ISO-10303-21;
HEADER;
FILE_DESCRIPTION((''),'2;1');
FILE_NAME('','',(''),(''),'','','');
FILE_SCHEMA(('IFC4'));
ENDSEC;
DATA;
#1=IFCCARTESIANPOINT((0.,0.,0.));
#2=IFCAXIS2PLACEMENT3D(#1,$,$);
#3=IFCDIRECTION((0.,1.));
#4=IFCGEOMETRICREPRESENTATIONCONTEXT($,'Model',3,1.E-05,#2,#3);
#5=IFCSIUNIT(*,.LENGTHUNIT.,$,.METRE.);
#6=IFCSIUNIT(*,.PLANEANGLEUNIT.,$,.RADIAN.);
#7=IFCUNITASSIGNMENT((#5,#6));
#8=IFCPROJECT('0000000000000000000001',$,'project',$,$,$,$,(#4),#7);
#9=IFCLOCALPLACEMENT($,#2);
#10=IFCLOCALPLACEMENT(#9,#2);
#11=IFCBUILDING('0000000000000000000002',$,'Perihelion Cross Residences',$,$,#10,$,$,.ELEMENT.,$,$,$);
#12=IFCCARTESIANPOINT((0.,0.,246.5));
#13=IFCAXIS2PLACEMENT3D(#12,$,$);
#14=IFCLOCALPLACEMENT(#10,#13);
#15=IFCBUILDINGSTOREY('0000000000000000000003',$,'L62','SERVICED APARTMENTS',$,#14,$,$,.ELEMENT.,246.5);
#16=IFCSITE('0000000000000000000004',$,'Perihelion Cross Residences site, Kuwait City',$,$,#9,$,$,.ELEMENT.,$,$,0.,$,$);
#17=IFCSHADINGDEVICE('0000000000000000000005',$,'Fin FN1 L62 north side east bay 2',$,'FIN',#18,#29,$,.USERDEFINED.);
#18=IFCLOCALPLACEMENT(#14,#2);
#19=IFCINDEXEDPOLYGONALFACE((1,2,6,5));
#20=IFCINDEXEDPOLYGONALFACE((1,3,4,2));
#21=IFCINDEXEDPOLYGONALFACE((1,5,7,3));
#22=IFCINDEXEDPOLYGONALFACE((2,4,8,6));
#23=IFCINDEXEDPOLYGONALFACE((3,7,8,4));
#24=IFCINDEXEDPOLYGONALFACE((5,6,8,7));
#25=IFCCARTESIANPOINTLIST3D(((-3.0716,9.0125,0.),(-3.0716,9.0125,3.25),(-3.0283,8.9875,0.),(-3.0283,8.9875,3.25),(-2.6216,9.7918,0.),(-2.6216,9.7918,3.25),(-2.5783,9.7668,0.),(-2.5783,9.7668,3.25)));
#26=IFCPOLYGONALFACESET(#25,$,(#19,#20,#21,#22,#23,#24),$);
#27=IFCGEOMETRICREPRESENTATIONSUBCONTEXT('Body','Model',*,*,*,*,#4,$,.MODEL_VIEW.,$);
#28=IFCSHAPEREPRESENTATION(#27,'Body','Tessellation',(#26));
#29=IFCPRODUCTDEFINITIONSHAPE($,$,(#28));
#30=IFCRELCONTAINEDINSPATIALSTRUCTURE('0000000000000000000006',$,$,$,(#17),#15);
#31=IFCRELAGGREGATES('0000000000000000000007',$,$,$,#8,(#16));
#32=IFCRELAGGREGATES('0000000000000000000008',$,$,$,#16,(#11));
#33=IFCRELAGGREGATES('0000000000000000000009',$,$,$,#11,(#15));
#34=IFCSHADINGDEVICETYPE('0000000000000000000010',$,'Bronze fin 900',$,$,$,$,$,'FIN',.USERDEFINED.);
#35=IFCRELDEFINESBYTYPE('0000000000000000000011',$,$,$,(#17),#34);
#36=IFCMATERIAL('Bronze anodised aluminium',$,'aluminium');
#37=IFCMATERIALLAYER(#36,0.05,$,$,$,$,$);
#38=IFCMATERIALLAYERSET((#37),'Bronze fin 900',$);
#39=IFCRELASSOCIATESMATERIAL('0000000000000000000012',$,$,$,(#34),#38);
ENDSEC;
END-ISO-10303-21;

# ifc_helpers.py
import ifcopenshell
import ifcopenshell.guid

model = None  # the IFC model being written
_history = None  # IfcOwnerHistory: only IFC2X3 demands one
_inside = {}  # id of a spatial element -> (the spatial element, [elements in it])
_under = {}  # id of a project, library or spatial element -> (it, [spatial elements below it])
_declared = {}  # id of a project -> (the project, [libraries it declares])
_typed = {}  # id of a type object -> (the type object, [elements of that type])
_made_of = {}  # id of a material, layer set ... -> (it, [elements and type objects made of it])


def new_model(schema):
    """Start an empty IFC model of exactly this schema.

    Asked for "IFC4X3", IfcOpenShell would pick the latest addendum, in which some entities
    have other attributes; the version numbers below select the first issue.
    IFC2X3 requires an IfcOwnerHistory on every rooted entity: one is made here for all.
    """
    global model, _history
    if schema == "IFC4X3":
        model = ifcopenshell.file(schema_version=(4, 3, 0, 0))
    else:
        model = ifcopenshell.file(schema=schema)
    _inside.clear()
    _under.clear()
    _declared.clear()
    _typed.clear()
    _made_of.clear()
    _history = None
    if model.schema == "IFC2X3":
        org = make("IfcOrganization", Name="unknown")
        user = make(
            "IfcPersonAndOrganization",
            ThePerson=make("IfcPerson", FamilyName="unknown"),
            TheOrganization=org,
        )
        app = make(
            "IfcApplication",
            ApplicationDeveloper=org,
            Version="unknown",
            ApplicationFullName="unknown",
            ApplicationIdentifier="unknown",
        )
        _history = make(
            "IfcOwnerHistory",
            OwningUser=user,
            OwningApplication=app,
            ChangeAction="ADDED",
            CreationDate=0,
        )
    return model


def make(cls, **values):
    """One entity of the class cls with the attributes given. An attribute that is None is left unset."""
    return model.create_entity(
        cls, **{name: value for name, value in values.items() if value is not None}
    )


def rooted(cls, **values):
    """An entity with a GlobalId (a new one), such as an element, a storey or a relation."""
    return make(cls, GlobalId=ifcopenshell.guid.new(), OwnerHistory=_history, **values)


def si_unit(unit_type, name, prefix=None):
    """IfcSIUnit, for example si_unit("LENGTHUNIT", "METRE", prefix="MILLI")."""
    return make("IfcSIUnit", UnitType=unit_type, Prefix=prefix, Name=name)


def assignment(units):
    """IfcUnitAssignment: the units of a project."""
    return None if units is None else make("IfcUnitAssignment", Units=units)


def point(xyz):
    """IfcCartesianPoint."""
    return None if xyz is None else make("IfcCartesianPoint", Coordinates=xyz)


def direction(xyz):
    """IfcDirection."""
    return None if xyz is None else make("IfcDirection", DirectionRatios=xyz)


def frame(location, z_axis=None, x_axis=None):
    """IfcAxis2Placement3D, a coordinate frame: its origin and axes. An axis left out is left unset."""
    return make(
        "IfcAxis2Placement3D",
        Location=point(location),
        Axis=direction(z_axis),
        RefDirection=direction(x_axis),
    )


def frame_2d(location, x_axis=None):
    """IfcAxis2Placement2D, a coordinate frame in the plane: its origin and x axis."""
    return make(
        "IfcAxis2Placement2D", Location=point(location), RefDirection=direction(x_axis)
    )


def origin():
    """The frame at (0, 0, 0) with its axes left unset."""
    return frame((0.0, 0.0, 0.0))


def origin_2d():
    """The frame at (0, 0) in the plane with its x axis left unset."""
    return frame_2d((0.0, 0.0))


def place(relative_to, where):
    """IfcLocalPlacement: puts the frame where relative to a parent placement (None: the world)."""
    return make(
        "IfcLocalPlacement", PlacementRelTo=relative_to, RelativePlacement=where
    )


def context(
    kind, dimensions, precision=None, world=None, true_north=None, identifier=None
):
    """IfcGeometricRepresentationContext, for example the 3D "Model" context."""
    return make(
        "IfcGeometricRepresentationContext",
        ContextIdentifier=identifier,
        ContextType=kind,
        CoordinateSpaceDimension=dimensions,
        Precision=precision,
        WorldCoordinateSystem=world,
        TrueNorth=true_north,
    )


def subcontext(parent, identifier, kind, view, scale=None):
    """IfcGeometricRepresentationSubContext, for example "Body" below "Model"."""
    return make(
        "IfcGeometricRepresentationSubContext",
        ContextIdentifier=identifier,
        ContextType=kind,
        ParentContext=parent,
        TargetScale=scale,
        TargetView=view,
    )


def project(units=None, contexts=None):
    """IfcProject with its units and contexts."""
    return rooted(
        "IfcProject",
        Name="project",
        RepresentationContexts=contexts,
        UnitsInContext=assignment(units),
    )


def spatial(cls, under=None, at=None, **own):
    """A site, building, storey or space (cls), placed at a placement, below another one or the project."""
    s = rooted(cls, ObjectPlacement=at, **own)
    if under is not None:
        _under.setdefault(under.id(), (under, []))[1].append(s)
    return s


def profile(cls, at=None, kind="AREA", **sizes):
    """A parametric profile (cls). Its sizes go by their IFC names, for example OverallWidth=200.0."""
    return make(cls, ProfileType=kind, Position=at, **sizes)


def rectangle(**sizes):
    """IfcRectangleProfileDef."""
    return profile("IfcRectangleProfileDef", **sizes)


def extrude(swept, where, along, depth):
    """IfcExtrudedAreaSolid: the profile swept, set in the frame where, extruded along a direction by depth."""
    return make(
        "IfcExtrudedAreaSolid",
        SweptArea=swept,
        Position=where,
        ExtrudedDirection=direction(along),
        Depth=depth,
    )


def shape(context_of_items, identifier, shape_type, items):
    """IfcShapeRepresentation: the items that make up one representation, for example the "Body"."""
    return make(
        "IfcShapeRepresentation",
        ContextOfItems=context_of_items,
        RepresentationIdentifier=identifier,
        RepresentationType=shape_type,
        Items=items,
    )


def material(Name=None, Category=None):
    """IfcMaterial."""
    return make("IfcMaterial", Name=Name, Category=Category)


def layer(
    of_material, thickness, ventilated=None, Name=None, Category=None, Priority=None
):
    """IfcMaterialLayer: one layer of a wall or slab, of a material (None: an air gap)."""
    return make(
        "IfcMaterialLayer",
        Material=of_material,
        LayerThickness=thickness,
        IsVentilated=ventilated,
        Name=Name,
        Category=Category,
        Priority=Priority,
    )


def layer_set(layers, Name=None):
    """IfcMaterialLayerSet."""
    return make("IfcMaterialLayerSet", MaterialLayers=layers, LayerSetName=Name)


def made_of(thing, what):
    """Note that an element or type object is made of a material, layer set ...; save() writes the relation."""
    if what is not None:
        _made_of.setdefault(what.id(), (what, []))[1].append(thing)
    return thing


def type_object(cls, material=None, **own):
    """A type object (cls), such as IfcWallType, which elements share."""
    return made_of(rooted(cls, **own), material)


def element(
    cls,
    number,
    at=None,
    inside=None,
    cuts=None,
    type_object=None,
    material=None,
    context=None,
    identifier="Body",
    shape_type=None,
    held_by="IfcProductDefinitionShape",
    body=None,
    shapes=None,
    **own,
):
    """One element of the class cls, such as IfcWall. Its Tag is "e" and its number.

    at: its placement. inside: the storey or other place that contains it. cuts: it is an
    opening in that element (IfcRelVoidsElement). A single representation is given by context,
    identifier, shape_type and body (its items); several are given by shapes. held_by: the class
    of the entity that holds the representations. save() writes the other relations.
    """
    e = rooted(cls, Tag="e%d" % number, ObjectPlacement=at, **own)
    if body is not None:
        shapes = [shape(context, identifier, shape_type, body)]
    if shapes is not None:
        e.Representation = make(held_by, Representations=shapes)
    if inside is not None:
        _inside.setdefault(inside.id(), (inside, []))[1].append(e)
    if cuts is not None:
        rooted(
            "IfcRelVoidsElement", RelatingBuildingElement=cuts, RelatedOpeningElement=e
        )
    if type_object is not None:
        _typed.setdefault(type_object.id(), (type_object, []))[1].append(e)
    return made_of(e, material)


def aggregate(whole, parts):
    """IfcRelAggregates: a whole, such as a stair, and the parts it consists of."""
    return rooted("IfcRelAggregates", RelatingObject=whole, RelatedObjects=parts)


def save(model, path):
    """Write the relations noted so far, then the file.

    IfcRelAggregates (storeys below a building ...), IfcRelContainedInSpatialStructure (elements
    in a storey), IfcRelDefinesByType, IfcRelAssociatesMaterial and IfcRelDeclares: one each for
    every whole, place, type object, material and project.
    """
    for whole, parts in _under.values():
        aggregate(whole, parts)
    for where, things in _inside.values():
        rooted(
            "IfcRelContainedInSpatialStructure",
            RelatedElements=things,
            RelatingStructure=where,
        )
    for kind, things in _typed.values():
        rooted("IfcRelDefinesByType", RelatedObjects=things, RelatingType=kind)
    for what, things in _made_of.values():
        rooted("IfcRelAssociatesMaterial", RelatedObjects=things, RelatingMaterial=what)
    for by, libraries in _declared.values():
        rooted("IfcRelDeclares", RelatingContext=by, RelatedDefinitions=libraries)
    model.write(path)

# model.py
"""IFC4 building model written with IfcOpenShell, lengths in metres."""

from ifc_helpers import new_model, si_unit, direction, frame, origin, origin_2d, place, context, subcontext, project, spatial, rectangle, extrude, material, layer, layer_set, type_object, element, save


model = new_model("IFC4")

# Units and contexts
model_context = context("Model", 3, precision=1e-05, world=origin(), true_north=direction((0.0, 1.0)))
body_context = subcontext(model_context, "Body", "Model", "MODEL_VIEW")
ifc_project = project(units=[si_unit("LENGTHUNIT", "METRE"), si_unit("PLANEANGLEUNIT", "RADIAN")], contexts=[model_context])

# Site, building, storey
site_placement = place(None, origin())
site = spatial("IfcSite", under=ifc_project, at=site_placement, Name="Perihelion Cross Residences site, Kuwait City", CompositionType="ELEMENT", RefElevation=0.0)
building_placement = place(site_placement, origin())
building = spatial("IfcBuilding", under=site, at=building_placement, Name="Perihelion Cross Residences", CompositionType="ELEMENT")
storey_placement = place(building_placement, frame((0.0, 0.0, 246.5)))
storey = spatial("IfcBuildingStorey", under=building, at=storey_placement, Name="L62", Description="SERVICED APARTMENTS", CompositionType="ELEMENT", Elevation=246.5)

# Shading device
ifc_material_1 = material(Name="Bronze anodised aluminium", Category="aluminium")
ifc_layer_1 = layer(ifc_material_1, 0.05)
ifc_layer_set_1 = layer_set([ifc_layer_1], Name="Bronze fin 900")
shading_device_type = type_object("IfcShadingDeviceType", Name="Bronze fin 900", ElementType="FIN", PredefinedType="USERDEFINED", material=ifc_layer_set_1)
shading_device_placement = place(storey_placement, frame((-2.825, 9.3896, 0.0), z_axis=(0.0, 0.0, 1.0), x_axis=(0.5, 0.866025, 0.0)))
element("IfcShadingDevice", 1, at=shading_device_placement, inside=storey, type_object=shading_device_type, Name="Fin FN1 L62 north side east bay 2", ObjectType="FIN", PredefinedType="USERDEFINED", context=body_context, shape_type="SweptSolid", body=[
    extrude(rectangle(XDim=0.8999, YDim=0.05, at=origin_2d()), origin(), (0.0, 0.0, 1.0), 3.25),
])

save(model, "model.ifc")
